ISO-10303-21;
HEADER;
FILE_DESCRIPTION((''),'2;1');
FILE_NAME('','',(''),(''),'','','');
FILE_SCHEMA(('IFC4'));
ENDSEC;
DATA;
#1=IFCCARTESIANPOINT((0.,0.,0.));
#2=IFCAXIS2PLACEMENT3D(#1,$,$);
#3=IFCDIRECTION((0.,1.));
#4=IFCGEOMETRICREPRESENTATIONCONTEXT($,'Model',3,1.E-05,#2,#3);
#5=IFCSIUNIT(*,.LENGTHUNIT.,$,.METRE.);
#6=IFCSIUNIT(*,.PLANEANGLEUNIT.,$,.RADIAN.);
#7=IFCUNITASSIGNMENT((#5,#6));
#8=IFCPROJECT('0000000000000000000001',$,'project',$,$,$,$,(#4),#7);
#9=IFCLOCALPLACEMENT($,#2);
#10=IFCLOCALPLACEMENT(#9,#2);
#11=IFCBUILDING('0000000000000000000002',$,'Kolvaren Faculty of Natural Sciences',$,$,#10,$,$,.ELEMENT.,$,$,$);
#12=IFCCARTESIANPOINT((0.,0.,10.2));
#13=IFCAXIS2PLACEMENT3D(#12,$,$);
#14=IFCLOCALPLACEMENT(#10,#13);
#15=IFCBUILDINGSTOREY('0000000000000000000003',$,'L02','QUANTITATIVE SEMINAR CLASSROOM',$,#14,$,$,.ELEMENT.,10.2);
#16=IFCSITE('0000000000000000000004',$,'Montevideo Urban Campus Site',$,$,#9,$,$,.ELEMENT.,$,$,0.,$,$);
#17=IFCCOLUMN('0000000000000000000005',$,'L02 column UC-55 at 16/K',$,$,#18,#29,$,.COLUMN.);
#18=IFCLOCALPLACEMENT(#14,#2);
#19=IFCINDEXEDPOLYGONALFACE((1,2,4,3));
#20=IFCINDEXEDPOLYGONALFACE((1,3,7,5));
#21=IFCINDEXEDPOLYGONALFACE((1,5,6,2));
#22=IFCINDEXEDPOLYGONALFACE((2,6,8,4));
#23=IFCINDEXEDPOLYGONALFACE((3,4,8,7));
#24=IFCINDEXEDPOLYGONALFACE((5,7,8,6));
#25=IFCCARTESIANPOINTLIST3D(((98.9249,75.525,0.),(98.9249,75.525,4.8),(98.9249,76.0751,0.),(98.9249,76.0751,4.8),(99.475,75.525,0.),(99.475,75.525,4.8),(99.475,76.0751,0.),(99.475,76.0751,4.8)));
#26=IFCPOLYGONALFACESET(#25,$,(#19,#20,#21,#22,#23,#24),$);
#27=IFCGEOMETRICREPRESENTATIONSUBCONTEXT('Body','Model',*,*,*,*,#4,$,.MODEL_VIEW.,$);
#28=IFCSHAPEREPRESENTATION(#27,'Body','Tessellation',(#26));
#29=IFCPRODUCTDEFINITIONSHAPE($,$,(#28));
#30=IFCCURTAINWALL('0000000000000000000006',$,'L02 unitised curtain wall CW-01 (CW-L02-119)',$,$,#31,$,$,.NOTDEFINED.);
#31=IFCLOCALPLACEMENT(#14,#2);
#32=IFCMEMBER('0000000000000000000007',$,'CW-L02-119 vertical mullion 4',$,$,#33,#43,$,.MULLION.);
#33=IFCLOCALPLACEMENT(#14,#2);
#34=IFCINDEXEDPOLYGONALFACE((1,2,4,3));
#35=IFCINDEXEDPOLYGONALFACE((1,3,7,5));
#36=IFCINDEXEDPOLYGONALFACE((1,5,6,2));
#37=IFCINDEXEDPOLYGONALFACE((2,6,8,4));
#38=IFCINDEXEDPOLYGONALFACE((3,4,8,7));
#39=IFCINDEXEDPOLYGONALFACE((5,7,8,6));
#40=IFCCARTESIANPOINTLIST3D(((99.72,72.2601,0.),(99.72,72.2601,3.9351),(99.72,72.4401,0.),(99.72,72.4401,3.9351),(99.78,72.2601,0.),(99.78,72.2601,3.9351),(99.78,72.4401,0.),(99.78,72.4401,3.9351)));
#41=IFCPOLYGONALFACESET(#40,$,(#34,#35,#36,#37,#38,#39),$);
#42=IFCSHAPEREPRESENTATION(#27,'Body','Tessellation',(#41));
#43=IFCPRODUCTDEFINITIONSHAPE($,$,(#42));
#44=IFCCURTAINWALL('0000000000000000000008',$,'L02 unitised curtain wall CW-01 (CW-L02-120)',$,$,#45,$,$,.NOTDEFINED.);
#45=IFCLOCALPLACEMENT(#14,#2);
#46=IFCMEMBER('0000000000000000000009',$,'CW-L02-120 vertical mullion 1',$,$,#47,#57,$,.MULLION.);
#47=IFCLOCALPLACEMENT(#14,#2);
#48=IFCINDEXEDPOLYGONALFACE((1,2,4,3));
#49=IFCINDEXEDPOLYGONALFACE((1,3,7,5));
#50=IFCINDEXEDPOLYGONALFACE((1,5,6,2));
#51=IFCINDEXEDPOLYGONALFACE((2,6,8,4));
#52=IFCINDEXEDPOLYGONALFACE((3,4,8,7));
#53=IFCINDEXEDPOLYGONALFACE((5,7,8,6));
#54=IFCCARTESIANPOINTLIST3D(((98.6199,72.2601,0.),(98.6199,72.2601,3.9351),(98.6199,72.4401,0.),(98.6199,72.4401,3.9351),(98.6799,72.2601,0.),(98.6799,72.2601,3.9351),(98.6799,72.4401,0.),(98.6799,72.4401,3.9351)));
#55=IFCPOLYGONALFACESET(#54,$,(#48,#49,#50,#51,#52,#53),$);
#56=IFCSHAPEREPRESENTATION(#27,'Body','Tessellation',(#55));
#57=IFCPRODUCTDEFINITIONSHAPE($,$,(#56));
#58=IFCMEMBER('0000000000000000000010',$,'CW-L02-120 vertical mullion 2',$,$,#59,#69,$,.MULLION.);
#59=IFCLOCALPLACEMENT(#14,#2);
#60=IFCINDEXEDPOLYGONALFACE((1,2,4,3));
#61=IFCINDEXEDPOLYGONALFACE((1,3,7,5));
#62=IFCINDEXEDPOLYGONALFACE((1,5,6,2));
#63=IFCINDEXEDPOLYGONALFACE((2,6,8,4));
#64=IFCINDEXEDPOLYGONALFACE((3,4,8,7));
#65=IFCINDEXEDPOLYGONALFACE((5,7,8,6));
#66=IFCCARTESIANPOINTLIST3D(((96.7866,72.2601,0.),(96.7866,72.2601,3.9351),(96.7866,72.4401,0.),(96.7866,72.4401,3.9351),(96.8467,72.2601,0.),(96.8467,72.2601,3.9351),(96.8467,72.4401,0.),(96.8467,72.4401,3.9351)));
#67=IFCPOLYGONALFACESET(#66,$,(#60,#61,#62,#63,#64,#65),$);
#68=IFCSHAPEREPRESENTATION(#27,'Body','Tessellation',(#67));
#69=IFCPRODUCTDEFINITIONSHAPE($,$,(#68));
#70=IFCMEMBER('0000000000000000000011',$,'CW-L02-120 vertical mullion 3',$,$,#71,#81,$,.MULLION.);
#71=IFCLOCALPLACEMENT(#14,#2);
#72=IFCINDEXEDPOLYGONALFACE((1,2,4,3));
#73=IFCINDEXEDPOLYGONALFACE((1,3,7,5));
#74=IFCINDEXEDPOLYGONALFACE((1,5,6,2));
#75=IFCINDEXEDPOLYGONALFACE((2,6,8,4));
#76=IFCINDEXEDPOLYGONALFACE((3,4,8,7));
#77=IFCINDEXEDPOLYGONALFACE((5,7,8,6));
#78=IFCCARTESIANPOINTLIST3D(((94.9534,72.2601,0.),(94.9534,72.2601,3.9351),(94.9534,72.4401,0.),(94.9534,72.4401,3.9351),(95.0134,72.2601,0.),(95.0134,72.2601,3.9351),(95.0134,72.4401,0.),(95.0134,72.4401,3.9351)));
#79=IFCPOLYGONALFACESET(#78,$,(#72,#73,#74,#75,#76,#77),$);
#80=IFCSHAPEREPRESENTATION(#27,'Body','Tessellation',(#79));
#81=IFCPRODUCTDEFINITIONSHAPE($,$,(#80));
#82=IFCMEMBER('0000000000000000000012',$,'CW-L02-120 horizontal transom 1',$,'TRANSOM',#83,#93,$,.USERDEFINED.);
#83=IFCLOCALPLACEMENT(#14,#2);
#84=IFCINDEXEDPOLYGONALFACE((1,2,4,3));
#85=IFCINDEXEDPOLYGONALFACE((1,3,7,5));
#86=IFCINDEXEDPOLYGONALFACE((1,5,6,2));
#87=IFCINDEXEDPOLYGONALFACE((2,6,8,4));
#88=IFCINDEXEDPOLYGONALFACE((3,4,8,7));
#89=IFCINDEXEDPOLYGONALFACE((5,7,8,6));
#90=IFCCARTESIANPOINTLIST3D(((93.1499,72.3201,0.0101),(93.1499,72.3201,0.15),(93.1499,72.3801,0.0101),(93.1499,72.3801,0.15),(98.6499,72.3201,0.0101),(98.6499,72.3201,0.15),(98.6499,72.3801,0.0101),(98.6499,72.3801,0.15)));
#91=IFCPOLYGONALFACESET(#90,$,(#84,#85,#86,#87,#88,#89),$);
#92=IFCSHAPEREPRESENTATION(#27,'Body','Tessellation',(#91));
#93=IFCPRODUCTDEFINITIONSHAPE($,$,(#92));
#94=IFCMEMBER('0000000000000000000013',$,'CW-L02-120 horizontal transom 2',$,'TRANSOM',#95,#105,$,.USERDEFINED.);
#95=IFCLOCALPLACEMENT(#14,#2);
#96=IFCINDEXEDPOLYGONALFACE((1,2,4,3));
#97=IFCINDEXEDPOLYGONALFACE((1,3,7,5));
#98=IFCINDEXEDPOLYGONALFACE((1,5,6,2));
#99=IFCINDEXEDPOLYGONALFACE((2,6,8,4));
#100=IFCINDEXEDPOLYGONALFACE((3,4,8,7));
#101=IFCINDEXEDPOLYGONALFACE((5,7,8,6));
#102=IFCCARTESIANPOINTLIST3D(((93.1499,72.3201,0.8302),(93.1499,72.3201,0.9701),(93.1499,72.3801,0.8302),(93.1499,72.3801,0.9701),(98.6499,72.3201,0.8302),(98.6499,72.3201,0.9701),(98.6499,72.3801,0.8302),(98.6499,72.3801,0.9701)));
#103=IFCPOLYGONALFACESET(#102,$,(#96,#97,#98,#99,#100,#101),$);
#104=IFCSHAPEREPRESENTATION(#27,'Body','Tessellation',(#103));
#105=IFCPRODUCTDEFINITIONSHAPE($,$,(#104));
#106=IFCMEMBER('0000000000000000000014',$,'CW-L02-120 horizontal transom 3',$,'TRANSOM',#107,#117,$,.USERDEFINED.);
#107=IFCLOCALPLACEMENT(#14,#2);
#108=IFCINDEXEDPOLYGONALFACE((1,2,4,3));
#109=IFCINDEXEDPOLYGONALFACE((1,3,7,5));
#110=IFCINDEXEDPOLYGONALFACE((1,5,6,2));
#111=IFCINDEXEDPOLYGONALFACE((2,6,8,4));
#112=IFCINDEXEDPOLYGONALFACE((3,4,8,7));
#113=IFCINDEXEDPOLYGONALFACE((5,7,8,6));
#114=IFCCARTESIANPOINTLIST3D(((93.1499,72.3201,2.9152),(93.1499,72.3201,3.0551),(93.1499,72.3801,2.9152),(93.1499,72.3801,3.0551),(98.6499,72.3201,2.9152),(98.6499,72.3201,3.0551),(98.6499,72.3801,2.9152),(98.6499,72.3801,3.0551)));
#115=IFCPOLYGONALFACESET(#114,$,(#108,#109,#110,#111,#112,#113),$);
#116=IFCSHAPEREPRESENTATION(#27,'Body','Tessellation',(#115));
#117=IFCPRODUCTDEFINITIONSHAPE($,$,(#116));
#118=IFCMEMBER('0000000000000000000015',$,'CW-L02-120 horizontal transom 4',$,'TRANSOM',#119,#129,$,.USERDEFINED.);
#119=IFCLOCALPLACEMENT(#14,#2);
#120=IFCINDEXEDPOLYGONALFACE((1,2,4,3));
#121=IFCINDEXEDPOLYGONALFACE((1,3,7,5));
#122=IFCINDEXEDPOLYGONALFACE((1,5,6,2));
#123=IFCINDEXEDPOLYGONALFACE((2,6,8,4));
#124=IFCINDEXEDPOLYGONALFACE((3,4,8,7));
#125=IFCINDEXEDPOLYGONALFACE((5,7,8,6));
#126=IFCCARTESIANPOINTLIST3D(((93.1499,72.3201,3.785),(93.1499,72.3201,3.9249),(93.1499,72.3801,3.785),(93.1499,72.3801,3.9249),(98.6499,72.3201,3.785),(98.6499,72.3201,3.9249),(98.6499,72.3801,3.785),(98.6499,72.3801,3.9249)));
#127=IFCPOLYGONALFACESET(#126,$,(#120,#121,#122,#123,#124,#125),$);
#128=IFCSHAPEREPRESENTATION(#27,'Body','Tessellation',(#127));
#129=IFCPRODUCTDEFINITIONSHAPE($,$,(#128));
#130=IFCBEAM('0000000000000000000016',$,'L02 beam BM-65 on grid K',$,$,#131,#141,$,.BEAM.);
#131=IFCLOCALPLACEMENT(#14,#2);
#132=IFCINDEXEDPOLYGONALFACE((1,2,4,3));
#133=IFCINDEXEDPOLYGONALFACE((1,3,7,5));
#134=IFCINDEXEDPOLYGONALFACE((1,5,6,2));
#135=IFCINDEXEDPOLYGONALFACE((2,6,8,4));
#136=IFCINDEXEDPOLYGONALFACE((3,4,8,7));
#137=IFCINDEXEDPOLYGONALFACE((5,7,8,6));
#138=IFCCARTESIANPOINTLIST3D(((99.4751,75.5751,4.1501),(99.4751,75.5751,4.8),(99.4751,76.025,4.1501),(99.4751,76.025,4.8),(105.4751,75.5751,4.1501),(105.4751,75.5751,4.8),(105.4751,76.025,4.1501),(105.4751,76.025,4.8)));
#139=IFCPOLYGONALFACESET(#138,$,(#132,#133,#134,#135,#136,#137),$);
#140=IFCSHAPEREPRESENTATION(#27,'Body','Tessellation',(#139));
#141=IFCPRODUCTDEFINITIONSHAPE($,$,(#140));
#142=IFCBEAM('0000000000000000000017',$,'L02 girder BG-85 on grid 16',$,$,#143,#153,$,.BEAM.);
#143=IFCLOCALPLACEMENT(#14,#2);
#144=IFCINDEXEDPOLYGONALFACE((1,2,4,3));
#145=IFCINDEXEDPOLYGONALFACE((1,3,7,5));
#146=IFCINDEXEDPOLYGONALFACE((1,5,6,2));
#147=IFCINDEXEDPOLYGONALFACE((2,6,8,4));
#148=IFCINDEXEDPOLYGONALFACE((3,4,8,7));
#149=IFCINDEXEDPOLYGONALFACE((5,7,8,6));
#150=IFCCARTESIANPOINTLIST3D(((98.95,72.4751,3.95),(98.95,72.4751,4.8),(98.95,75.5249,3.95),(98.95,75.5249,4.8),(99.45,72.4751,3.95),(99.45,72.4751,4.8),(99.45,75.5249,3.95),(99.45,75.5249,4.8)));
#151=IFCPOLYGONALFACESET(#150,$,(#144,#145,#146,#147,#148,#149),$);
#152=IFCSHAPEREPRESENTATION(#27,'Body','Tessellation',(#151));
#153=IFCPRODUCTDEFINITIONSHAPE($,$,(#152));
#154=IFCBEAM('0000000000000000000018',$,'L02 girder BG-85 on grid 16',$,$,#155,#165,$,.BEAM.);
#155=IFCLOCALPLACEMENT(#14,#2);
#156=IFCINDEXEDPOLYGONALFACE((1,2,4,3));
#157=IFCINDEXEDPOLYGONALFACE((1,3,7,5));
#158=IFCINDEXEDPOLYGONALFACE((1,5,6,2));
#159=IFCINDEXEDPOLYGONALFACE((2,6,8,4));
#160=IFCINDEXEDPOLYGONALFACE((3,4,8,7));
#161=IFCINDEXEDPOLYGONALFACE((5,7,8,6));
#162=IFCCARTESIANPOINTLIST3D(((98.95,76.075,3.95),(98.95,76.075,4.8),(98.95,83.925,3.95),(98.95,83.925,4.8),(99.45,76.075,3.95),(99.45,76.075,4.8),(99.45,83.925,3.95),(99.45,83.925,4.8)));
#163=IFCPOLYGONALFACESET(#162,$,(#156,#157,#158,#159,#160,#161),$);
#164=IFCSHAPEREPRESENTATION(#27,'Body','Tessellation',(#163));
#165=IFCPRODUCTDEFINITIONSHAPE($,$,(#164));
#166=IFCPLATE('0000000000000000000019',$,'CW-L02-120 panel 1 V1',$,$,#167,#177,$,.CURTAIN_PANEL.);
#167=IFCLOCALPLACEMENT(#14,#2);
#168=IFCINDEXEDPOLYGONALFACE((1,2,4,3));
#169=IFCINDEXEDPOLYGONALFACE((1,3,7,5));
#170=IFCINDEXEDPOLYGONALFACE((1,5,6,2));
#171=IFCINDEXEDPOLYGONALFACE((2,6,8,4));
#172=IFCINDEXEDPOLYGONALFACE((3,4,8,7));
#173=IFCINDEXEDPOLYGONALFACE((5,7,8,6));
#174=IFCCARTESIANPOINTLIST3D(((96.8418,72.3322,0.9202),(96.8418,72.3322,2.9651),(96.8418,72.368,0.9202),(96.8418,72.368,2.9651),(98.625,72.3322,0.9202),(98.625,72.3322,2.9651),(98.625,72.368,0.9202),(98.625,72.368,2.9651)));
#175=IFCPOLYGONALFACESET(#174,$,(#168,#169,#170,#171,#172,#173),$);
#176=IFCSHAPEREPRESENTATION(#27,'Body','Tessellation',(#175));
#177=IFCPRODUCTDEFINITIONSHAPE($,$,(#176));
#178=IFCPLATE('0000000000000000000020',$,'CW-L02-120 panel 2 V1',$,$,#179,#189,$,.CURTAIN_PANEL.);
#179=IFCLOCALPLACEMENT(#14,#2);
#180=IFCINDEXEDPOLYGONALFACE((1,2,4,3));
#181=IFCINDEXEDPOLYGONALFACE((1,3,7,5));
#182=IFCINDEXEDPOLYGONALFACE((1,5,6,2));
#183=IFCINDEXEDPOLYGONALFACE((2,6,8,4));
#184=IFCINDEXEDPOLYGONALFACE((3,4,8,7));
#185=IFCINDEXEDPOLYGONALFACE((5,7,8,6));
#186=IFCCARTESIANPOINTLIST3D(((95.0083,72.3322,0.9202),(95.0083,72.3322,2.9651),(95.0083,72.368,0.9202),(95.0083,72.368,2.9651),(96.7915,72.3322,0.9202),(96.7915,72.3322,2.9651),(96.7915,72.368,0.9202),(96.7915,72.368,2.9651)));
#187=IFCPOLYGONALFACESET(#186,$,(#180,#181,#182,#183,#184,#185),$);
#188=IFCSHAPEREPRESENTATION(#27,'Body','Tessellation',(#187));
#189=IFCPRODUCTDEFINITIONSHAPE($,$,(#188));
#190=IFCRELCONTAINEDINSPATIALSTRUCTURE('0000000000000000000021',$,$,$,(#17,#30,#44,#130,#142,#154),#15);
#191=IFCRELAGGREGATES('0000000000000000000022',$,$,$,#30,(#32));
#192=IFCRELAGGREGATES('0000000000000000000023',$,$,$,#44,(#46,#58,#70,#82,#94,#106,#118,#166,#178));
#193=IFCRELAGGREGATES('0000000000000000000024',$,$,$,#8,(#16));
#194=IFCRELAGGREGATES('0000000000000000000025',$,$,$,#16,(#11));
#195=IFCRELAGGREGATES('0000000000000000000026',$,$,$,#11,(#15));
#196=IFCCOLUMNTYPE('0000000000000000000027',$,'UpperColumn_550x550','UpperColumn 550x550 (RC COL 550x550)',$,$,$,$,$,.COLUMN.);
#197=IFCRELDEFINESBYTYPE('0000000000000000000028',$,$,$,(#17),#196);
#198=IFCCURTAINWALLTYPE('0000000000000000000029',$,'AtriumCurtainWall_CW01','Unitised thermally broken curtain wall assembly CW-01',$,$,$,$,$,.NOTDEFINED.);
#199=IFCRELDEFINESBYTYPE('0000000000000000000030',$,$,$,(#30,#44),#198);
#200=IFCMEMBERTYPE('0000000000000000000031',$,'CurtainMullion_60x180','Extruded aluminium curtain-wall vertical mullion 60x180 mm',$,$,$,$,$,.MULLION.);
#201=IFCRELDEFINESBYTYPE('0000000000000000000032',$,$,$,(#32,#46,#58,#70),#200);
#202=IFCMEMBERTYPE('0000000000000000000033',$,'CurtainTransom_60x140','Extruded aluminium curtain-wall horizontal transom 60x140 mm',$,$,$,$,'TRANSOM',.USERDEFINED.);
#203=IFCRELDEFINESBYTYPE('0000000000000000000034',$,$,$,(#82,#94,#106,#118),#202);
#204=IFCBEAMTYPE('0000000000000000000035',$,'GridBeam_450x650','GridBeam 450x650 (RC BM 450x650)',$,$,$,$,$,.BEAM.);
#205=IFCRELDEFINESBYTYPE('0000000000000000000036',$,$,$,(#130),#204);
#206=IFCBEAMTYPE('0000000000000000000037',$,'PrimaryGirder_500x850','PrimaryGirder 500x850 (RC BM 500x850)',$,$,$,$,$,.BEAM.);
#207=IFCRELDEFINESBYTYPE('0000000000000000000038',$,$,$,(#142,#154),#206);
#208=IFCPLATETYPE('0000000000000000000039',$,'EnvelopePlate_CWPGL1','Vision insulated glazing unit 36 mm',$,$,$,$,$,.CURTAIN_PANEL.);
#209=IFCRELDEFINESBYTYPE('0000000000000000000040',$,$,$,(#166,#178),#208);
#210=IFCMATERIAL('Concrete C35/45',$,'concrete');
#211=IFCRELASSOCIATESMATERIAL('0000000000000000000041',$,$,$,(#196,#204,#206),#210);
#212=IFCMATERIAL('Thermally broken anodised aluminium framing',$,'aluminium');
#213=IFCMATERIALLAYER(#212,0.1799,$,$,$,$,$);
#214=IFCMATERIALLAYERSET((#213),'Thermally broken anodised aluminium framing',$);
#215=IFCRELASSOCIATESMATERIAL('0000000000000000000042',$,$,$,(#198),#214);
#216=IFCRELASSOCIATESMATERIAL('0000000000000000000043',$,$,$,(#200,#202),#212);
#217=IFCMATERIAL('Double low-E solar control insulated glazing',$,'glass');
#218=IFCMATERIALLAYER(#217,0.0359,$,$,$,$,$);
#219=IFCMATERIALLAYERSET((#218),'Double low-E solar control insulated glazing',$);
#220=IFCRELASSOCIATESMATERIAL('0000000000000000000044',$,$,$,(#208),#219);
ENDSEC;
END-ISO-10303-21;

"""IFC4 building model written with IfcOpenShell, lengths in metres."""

from ifc_helpers import new_model, si_unit, direction, frame, origin, origin_2d, place, context, subcontext, project, spatial, rectangle, extrude, material, layer, layer_set, material_profile, profile_set, type_object, element, aggregate, save


model = new_model("IFC4")

# Units and contexts
model_context = context("Model", 3, precision=1e-05, world=origin(), true_north=direction((0.0, 1.0)))
body_context = subcontext(model_context, "Body", "Model", "MODEL_VIEW")
ifc_project = project(units=[si_unit("LENGTHUNIT", "METRE"), si_unit("PLANEANGLEUNIT", "RADIAN")], contexts=[model_context])

# Site, building, storey
site_placement = place(None, origin())
site = spatial("IfcSite", under=ifc_project, at=site_placement, Name="Montevideo Urban Campus Site", CompositionType="ELEMENT", RefElevation=0.0)
building_placement = place(site_placement, origin())
building = spatial("IfcBuilding", under=site, at=building_placement, Name="Kolvaren Faculty of Natural Sciences", CompositionType="ELEMENT")
storey_placement = place(building_placement, frame((0.0, 0.0, 10.2)))
storey = spatial("IfcBuildingStorey", under=building, at=storey_placement, Name="L02", Description="QUANTITATIVE SEMINAR CLASSROOM", CompositionType="ELEMENT", Elevation=10.2)

# Column
ifc_material_1 = material(Name="Concrete C35/45", Category="concrete")
ifc_material_profile_1 = material_profile(ifc_material_1, rectangle(XDim=0.55, YDim=0.55, at=origin_2d()), Name="RC COL 550x550")
ifc_profile_set_1 = profile_set([ifc_material_profile_1], Name="Concrete C35/45")
column_type = type_object("IfcColumnType", Name="UpperColumn_550x550", Description="UpperColumn 550x550 (RC COL 550x550)", PredefinedType="COLUMN", material=ifc_profile_set_1)
column_placement = place(storey_placement, frame((99.2, 75.8, 0.0), z_axis=(0.0, 0.0, 1.0), x_axis=(1.0, 0.0, 0.0)))
element("IfcColumn", 1, at=column_placement, inside=storey, type_object=column_type, Name="L02 column UC-55 at 16/K", PredefinedType="COLUMN", context=body_context, shape_type="SweptSolid", body=[
    extrude(rectangle(XDim=0.55, YDim=0.55, at=origin_2d()), origin(), (0.0, 0.0, 1.0), 4.8),
])

# Curtain wall, member
ifc_material_2 = material(Name="Thermally broken anodised aluminium framing", Category="aluminium")
ifc_layer_1 = layer(ifc_material_2, 0.1799)
ifc_layer_set_1 = layer_set([ifc_layer_1], Name="Thermally broken anodised aluminium framing")
curtain_wall_type = type_object("IfcCurtainWallType", Name="AtriumCurtainWall_CW01", Description="Unitised thermally broken curtain wall assembly CW-01", PredefinedType="NOTDEFINED", material=ifc_layer_set_1)
curtain_wall_1_placement = place(storey_placement, origin())
curtain_wall_1 = element("IfcCurtainWall", 2, at=curtain_wall_1_placement, inside=storey, type_object=curtain_wall_type, Name="L02 unitised curtain wall CW-01 (CW-L02-119)", PredefinedType="NOTDEFINED")
ifc_material_profile_2 = material_profile(ifc_material_2, rectangle(XDim=0.0601, YDim=0.1799, at=origin_2d()), Name="ALU MUL 60x180")
ifc_profile_set_2 = profile_set([ifc_material_profile_2], Name="Thermally broken anodised aluminium framing")
member_type_1 = type_object("IfcMemberType", Name="CurtainMullion_60x180", Description="Extruded aluminium curtain-wall vertical mullion 60x180 mm", PredefinedType="MULLION", material=ifc_profile_set_2)
member_1_placement = place(storey_placement, frame((99.75, 72.3501, 0.0), z_axis=(0.0, 0.0, 1.0), x_axis=(-1.0, 0.0, 0.0)))
member_1 = element("IfcMember", 3, at=member_1_placement, type_object=member_type_1, Name="CW-L02-119 vertical mullion 4", PredefinedType="MULLION", context=body_context, shape_type="SweptSolid", body=[
    extrude(rectangle(XDim=0.0601, YDim=0.1799, at=origin_2d()), origin(), (0.0, 0.0, 1.0), 3.9351),
])

# Curtain wall, members
curtain_wall_2_placement = place(storey_placement, origin())
curtain_wall_2 = element("IfcCurtainWall", 4, at=curtain_wall_2_placement, inside=storey, type_object=curtain_wall_type, Name="L02 unitised curtain wall CW-01 (CW-L02-120)", PredefinedType="NOTDEFINED")
member_2_placement = place(storey_placement, frame((98.6499, 72.3501, 0.0), z_axis=(0.0, 0.0, 1.0), x_axis=(-1.0, 0.0, 0.0)))
member_2 = element("IfcMember", 5, at=member_2_placement, type_object=member_type_1, Name="CW-L02-120 vertical mullion 1", PredefinedType="MULLION", context=body_context, shape_type="SweptSolid", body=[
    extrude(rectangle(XDim=0.0601, YDim=0.1799, at=origin_2d()), origin(), (0.0, 0.0, 1.0), 3.9351),
])
member_3_placement = place(storey_placement, frame((96.8167, 72.3501, 0.0), z_axis=(0.0, 0.0, 1.0), x_axis=(-1.0, 0.0, 0.0)))
member_3 = element("IfcMember", 6, at=member_3_placement, type_object=member_type_1, Name="CW-L02-120 vertical mullion 2", PredefinedType="MULLION", context=body_context, shape_type="SweptSolid", body=[
    extrude(rectangle(XDim=0.0601, YDim=0.1799, at=origin_2d()), origin(), (0.0, 0.0, 1.0), 3.9351),
])
member_4_placement = place(storey_placement, frame((94.9834, 72.3501, 0.0), z_axis=(0.0, 0.0, 1.0), x_axis=(-1.0, 0.0, 0.0)))
member_4 = element("IfcMember", 7, at=member_4_placement, type_object=member_type_1, Name="CW-L02-120 vertical mullion 3", PredefinedType="MULLION", context=body_context, shape_type="SweptSolid", body=[
    extrude(rectangle(XDim=0.0601, YDim=0.1799, at=origin_2d()), origin(), (0.0, 0.0, 1.0), 3.9351),
])
ifc_material_profile_3 = material_profile(ifc_material_2, rectangle(XDim=0.0601, YDim=0.1399, at=origin_2d()), Name="ALU TRN 60x140")
ifc_profile_set_3 = profile_set([ifc_material_profile_3], Name="Thermally broken anodised aluminium framing")
member_type_2 = type_object("IfcMemberType", Name="CurtainTransom_60x140", Description="Extruded aluminium curtain-wall horizontal transom 60x140 mm", ElementType="TRANSOM", PredefinedType="USERDEFINED", material=ifc_profile_set_3)
member_5_placement = place(storey_placement, frame((98.6499, 72.3501, 0.0801), z_axis=(-1.0, 0.0, 0.0), x_axis=(0.0, -1.0, 0.0)))
member_5 = element("IfcMember", 8, at=member_5_placement, type_object=member_type_2, Name="CW-L02-120 horizontal transom 1", ObjectType="TRANSOM", PredefinedType="USERDEFINED", context=body_context, shape_type="SweptSolid", body=[
    extrude(rectangle(XDim=0.0601, YDim=0.1399, at=origin_2d()), origin(), (0.0, 0.0, 1.0), 5.5),
])
member_6_placement = place(storey_placement, frame((98.6499, 72.3501, 0.9001), z_axis=(-1.0, 0.0, 0.0), x_axis=(0.0, -1.0, 0.0)))
member_6 = element("IfcMember", 9, at=member_6_placement, type_object=member_type_2, Name="CW-L02-120 horizontal transom 2", ObjectType="TRANSOM", PredefinedType="USERDEFINED", context=body_context, shape_type="SweptSolid", body=[
    extrude(rectangle(XDim=0.0601, YDim=0.1399, at=origin_2d()), origin(), (0.0, 0.0, 1.0), 5.5),
])
member_7_placement = place(storey_placement, frame((98.6499, 72.3501, 2.9851), z_axis=(-1.0, 0.0, 0.0), x_axis=(0.0, -1.0, 0.0)))
member_7 = element("IfcMember", 10, at=member_7_placement, type_object=member_type_2, Name="CW-L02-120 horizontal transom 3", ObjectType="TRANSOM", PredefinedType="USERDEFINED", context=body_context, shape_type="SweptSolid", body=[
    extrude(rectangle(XDim=0.0601, YDim=0.1399, at=origin_2d()), origin(), (0.0, 0.0, 1.0), 5.5),
])
member_8_placement = place(storey_placement, frame((98.6499, 72.3501, 3.855), z_axis=(-1.0, 0.0, 0.0), x_axis=(0.0, -1.0, 0.0)))
member_8 = element("IfcMember", 11, at=member_8_placement, type_object=member_type_2, Name="CW-L02-120 horizontal transom 4", ObjectType="TRANSOM", PredefinedType="USERDEFINED", context=body_context, shape_type="SweptSolid", body=[
    extrude(rectangle(XDim=0.0601, YDim=0.1399, at=origin_2d()), origin(), (0.0, 0.0, 1.0), 5.5),
])

# Beams
ifc_material_profile_4 = material_profile(ifc_material_1, rectangle(XDim=0.45, YDim=0.6499, at=origin_2d()), Name="RC BM 450x650")
ifc_profile_set_4 = profile_set([ifc_material_profile_4], Name="Concrete C35/45")
beam_type_1 = type_object("IfcBeamType", Name="GridBeam_450x650", Description="GridBeam 450x650 (RC BM 450x650)", PredefinedType="BEAM", material=ifc_profile_set_4)
beam_1_placement = place(storey_placement, frame((99.4751, 75.8, 4.4751), z_axis=(1.0, 0.0, 0.0), x_axis=(0.0, 1.0, 0.0)))
element("IfcBeam", 12, at=beam_1_placement, inside=storey, type_object=beam_type_1, Name="L02 beam BM-65 on grid K", PredefinedType="BEAM", context=body_context, shape_type="SweptSolid", body=[
    extrude(rectangle(XDim=0.45, YDim=0.6499, at=origin_2d()), origin(), (0.0, 0.0, 1.0), 6.0),
])
ifc_material_profile_5 = material_profile(ifc_material_1, rectangle(XDim=0.5, YDim=0.8501, at=origin_2d()), Name="RC BM 500x850")
ifc_profile_set_5 = profile_set([ifc_material_profile_5], Name="Concrete C35/45")
beam_type_2 = type_object("IfcBeamType", Name="PrimaryGirder_500x850", Description="PrimaryGirder 500x850 (RC BM 500x850)", PredefinedType="BEAM", material=ifc_profile_set_5)
beam_2_placement = place(storey_placement, frame((99.2, 72.4751, 4.375), z_axis=(0.0, 1.0, 0.0), x_axis=(-1.0, 0.0, 0.0)))
element("IfcBeam", 13, at=beam_2_placement, inside=storey, type_object=beam_type_2, Name="L02 girder BG-85 on grid 16", PredefinedType="BEAM", context=body_context, shape_type="SweptSolid", body=[
    extrude(rectangle(XDim=0.5, YDim=0.8501, at=origin_2d()), origin(), (0.0, 0.0, 1.0), 3.0498),
])
beam_3_placement = place(storey_placement, frame((99.2, 76.075, 4.375), z_axis=(0.0, 1.0, 0.0), x_axis=(-1.0, 0.0, 0.0)))
element("IfcBeam", 14, at=beam_3_placement, inside=storey, type_object=beam_type_2, Name="L02 girder BG-85 on grid 16", PredefinedType="BEAM", context=body_context, shape_type="SweptSolid", body=[
    extrude(rectangle(XDim=0.5, YDim=0.8501, at=origin_2d()), origin(), (0.0, 0.0, 1.0), 7.8501),
])

# Plates
ifc_material_3 = material(Name="Double low-E solar control insulated glazing", Category="glass")
ifc_layer_2 = layer(ifc_material_3, 0.0359)
ifc_layer_set_2 = layer_set([ifc_layer_2], Name="Double low-E solar control insulated glazing")
plate_type_1 = type_object("IfcPlateType", Name="EnvelopePlate_CWPGL1", Description="Vision insulated glazing unit 36 mm", PredefinedType="CURTAIN_PANEL", material=ifc_layer_set_2)
plate_1_placement = place(storey_placement, frame((97.7334, 72.3501, 0.9202), z_axis=(0.0, 0.0, 1.0), x_axis=(-1.0, 0.0, 0.0)))
plate_1 = element("IfcPlate", 15, at=plate_1_placement, type_object=plate_type_1, Name="CW-L02-120 panel 1 V1", PredefinedType="CURTAIN_PANEL", context=body_context, shape_type="SweptSolid", body=[
    extrude(rectangle(XDim=1.7832, YDim=0.0359, at=origin_2d()), origin(), (0.0, 0.0, 1.0), 2.0449),
])
plate_2_placement = place(storey_placement, frame((95.8999, 72.3501, 0.9202), z_axis=(0.0, 0.0, 1.0), x_axis=(-1.0, 0.0, 0.0)))
plate_2 = element("IfcPlate", 16, at=plate_2_placement, type_object=plate_type_1, Name="CW-L02-120 panel 2 V1", PredefinedType="CURTAIN_PANEL", context=body_context, shape_type="SweptSolid", body=[
    extrude(rectangle(XDim=1.7832, YDim=0.0359, at=origin_2d()), origin(), (0.0, 0.0, 1.0), 2.0449),
])
aggregate(curtain_wall_1, [member_1])
aggregate(curtain_wall_2, [member_2, member_3, member_4, member_5, member_6, member_7, member_8, plate_1, plate_2])

save(model, "model.ifc")
